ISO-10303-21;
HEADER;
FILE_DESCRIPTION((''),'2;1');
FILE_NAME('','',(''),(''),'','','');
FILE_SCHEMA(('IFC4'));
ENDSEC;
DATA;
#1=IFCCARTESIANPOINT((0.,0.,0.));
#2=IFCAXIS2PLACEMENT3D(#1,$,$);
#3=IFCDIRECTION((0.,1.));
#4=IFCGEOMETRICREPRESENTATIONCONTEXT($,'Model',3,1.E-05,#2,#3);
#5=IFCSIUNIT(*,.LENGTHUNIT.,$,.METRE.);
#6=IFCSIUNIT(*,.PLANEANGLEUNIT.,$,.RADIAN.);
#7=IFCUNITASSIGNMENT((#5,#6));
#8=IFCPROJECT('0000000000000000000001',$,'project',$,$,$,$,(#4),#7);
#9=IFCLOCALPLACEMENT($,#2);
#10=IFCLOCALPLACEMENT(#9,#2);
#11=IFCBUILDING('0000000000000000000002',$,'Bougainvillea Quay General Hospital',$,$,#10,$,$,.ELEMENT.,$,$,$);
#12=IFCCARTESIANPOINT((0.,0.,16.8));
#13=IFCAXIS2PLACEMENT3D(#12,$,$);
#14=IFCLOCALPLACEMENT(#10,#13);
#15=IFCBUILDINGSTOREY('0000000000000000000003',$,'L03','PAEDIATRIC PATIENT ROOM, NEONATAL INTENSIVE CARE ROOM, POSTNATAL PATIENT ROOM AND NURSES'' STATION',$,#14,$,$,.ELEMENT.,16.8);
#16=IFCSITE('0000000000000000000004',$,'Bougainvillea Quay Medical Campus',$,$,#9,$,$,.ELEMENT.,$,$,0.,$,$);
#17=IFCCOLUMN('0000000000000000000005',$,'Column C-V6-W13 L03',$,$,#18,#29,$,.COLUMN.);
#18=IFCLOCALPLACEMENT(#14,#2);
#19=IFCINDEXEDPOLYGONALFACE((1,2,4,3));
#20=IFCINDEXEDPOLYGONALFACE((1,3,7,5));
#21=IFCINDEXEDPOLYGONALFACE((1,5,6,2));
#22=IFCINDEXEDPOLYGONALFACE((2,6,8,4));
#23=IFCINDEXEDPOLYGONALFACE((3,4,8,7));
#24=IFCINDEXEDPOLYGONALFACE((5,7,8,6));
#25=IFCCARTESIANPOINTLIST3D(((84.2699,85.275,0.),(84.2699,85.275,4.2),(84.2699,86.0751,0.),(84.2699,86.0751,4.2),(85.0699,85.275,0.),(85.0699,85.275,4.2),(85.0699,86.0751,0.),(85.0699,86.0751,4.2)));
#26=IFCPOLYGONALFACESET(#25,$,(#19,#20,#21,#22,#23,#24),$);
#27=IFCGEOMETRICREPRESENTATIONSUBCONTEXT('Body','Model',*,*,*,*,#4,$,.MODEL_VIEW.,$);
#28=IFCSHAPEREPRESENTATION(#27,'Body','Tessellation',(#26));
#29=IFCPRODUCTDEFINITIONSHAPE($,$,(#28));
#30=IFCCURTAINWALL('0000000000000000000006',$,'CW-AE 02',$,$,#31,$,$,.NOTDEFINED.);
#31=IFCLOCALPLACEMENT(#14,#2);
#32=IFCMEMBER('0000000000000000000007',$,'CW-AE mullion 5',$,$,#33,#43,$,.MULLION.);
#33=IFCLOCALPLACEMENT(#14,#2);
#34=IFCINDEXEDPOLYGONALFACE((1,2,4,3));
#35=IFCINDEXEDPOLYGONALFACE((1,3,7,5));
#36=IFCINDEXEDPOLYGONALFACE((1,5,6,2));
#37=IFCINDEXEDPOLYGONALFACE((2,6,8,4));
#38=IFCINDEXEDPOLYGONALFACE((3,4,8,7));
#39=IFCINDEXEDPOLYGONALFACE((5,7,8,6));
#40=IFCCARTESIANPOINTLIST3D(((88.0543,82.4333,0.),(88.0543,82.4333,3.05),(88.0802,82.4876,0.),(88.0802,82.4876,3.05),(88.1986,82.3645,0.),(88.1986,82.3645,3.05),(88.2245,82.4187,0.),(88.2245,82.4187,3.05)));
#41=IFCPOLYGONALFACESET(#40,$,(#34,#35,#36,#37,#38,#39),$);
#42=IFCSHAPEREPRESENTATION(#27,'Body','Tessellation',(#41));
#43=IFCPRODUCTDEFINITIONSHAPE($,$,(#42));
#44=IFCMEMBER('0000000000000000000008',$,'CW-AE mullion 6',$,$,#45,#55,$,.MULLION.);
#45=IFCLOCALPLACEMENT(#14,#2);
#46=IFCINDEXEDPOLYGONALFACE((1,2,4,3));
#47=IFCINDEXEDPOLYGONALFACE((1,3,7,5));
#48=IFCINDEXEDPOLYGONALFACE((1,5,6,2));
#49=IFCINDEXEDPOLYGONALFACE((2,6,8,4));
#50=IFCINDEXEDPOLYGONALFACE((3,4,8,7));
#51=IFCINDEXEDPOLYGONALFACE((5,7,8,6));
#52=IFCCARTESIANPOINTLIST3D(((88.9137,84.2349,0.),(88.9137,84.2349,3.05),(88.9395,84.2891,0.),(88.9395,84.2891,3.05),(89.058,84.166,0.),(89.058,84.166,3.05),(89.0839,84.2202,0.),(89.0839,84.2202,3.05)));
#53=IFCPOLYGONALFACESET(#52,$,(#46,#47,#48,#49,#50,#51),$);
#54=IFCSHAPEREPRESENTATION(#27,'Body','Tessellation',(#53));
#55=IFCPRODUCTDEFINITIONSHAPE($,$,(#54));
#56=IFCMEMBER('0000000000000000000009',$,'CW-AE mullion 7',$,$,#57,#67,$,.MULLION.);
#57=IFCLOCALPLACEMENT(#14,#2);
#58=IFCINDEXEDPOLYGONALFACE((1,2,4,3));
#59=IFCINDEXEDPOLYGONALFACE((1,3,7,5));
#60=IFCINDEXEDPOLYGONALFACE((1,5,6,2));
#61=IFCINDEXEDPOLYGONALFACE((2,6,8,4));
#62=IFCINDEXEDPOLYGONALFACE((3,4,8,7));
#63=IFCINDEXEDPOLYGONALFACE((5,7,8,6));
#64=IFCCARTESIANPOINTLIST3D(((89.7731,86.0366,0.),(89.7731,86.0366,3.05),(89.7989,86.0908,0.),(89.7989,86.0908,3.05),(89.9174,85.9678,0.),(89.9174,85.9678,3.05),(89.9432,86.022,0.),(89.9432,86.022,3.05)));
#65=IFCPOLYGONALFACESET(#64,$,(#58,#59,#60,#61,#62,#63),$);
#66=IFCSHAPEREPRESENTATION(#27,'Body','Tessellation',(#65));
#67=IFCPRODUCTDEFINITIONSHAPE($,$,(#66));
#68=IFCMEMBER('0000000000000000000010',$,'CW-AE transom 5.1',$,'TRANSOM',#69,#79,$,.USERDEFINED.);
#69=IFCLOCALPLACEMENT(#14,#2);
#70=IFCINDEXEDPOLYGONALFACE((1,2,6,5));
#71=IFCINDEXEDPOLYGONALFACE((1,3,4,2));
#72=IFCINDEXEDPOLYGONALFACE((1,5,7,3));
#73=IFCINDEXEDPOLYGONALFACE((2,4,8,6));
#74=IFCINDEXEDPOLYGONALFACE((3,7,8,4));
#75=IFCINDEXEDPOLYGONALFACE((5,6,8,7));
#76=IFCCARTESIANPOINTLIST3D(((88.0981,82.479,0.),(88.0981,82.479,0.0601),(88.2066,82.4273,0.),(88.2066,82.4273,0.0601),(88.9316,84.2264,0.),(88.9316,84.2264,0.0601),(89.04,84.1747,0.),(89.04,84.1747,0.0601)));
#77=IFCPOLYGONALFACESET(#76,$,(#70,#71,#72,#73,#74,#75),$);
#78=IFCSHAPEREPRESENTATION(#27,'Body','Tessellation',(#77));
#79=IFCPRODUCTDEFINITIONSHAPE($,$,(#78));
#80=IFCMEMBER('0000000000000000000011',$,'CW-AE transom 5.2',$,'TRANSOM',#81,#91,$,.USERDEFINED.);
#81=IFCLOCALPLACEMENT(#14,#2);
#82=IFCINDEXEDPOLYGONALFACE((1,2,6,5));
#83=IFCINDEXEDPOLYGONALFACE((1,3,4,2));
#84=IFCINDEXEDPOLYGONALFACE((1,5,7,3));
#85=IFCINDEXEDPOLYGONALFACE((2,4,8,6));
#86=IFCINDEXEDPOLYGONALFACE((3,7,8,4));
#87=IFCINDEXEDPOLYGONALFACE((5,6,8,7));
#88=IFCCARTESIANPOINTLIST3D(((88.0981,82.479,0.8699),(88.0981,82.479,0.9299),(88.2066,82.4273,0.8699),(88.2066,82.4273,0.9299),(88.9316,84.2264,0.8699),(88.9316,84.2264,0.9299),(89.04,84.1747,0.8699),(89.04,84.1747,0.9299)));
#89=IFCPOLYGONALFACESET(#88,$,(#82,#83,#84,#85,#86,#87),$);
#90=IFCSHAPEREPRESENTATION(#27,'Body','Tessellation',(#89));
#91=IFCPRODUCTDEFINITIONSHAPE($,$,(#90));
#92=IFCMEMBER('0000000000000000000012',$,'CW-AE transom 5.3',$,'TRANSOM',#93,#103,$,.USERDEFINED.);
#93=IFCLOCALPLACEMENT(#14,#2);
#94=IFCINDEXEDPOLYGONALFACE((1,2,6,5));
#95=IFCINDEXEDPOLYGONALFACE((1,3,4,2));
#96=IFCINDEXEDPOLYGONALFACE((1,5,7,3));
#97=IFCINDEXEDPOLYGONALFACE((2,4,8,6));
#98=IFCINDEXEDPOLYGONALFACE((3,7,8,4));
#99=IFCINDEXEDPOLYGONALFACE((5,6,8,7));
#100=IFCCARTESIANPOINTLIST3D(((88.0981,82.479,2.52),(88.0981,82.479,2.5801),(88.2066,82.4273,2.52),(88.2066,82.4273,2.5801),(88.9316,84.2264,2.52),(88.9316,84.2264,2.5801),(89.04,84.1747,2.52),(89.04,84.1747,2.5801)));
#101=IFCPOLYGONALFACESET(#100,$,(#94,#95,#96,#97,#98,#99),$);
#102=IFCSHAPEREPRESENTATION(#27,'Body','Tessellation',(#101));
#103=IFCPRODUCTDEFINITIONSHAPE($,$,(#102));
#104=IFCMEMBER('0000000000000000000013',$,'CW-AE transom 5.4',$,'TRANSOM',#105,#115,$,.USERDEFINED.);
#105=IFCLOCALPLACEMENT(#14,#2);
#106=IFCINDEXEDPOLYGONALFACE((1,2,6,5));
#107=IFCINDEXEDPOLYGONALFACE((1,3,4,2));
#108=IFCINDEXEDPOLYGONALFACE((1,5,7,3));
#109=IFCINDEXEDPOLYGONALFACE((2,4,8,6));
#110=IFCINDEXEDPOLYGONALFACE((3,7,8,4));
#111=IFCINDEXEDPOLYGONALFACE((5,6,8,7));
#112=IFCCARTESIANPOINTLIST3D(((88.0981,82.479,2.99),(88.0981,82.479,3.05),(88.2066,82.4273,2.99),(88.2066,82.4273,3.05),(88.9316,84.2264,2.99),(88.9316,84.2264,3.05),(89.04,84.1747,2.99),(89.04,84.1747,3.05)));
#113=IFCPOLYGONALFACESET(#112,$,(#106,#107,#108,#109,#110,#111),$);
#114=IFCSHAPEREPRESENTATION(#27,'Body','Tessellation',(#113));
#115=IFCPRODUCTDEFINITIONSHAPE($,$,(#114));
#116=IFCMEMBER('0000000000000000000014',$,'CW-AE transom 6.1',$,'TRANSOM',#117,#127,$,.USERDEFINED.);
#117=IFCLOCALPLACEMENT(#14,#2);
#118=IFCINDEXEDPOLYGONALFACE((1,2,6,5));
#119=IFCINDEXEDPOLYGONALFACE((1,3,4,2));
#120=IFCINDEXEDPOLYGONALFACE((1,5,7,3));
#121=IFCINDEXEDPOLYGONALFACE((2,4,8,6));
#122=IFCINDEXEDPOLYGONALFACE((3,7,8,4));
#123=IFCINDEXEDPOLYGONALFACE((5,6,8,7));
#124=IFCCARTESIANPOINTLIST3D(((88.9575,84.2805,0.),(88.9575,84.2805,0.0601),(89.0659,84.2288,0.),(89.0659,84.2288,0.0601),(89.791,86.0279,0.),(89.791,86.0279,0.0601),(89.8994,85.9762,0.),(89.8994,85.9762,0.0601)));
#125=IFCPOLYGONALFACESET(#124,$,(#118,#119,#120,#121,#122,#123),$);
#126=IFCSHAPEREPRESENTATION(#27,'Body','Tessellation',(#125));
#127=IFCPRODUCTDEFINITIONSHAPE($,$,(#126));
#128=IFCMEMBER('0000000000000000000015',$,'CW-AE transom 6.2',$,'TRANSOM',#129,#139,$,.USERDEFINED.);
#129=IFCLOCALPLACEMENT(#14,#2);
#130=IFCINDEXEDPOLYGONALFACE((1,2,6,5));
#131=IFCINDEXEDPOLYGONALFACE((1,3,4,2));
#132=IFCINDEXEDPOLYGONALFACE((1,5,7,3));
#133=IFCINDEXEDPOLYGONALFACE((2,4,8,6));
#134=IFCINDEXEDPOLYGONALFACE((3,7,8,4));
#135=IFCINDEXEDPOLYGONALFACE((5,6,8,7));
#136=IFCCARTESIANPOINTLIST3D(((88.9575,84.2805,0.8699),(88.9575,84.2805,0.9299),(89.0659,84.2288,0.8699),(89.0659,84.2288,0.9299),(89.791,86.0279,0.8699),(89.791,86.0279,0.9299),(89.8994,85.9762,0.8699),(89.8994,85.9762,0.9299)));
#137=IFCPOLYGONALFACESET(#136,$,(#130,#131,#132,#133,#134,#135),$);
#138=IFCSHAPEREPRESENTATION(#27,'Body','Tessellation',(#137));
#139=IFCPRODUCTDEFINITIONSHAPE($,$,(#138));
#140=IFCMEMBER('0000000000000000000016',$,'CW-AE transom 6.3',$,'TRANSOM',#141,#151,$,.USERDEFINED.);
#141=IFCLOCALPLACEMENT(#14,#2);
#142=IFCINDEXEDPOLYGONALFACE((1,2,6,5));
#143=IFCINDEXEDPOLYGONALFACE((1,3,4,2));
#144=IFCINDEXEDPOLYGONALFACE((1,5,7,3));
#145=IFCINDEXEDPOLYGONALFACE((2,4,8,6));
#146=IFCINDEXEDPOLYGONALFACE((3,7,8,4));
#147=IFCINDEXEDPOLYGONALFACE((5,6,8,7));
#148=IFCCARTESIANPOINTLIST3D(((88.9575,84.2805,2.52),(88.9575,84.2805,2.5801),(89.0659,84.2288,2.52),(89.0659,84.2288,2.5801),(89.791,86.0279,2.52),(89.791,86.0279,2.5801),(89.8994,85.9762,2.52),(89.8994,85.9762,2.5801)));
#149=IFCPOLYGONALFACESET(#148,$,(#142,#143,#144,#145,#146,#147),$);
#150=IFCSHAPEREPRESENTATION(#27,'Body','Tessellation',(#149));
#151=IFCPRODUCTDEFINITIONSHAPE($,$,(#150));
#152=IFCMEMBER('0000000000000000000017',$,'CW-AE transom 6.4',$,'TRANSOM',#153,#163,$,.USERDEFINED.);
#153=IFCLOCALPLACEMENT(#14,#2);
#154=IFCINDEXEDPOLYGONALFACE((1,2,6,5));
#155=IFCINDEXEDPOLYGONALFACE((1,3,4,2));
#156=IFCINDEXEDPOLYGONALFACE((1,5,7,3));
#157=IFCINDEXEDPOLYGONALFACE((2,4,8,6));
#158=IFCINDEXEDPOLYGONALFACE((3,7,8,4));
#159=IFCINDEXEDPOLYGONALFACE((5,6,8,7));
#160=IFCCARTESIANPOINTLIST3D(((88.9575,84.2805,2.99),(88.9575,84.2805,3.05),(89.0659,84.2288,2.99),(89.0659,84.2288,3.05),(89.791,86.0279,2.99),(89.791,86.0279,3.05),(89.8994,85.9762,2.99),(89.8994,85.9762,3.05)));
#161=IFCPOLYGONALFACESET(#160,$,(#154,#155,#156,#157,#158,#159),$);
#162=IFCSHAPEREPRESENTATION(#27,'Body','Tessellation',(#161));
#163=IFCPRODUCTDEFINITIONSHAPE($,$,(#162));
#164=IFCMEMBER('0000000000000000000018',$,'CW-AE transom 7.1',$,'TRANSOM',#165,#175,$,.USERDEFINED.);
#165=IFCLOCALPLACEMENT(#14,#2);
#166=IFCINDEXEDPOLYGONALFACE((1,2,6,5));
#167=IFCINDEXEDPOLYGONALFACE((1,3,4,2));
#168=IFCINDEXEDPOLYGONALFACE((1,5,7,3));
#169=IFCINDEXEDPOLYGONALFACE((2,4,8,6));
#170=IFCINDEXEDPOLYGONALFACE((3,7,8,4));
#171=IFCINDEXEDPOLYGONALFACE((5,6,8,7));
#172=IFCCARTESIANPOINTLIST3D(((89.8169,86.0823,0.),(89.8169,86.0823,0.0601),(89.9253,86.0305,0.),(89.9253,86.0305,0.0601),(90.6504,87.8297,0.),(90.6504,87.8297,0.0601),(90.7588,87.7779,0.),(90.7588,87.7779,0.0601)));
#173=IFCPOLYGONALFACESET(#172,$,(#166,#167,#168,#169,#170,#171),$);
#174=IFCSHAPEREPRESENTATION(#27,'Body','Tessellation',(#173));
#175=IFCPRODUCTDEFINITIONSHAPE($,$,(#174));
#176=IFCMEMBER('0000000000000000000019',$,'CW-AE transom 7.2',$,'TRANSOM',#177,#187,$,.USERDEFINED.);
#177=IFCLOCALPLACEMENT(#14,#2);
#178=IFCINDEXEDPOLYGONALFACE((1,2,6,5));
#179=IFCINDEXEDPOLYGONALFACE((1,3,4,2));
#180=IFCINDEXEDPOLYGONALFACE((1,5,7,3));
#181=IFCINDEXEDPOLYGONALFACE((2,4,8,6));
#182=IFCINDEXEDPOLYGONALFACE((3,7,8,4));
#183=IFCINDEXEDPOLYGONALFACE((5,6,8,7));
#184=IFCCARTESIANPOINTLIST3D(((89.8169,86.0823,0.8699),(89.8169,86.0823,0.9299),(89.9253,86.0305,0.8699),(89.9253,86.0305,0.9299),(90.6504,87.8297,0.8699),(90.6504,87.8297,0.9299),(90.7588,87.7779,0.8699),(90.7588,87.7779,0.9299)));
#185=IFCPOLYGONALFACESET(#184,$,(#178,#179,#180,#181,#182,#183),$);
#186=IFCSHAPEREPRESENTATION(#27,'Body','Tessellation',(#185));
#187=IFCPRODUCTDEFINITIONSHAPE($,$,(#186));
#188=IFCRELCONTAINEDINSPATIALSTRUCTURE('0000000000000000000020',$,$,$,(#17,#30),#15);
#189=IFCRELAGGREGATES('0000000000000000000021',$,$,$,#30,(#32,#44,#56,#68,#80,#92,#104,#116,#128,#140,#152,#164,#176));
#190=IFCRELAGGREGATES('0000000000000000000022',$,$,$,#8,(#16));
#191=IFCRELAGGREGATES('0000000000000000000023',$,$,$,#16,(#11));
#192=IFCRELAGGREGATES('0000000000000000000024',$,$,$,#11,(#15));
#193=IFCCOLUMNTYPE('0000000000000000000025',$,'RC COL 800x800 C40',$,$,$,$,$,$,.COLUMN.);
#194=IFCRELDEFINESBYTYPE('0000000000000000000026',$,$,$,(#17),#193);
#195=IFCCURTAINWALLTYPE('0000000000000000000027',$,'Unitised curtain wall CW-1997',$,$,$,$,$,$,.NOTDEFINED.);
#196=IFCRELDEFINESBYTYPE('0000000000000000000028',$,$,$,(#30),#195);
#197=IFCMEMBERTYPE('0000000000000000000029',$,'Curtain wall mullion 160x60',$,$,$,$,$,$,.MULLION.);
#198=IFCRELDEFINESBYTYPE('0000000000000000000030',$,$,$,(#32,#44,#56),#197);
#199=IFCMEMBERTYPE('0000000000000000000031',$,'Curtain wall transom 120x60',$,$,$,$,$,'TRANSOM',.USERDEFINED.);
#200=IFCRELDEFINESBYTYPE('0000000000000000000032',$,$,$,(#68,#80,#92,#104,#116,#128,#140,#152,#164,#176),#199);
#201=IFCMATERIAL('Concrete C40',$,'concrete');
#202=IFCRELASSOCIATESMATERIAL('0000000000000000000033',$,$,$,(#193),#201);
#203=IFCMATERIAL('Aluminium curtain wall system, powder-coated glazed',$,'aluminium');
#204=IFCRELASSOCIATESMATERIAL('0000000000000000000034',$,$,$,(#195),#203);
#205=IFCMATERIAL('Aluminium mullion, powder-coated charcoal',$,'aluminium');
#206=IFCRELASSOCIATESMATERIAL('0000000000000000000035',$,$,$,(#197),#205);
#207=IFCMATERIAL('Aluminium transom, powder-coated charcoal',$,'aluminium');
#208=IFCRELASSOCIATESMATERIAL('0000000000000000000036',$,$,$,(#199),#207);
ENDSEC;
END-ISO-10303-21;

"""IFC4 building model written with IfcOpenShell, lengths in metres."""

from ifc_helpers import new_model, si_unit, direction, frame, origin, origin_2d, place, context, subcontext, project, spatial, rectangle, extrude, material, material_profile, profile_set, type_object, element, aggregate, save


model = new_model("IFC4")

# Units and contexts
model_context = context("Model", 3, precision=1e-05, world=origin(), true_north=direction((0.0, 1.0)))
body_context = subcontext(model_context, "Body", "Model", "MODEL_VIEW")
ifc_project = project(units=[si_unit("LENGTHUNIT", "METRE"), si_unit("PLANEANGLEUNIT", "RADIAN")], contexts=[model_context])

# Site, building, storey
site_placement = place(None, origin())
site = spatial("IfcSite", under=ifc_project, at=site_placement, Name="Bougainvillea Quay Medical Campus", CompositionType="ELEMENT", RefElevation=0.0)
building_placement = place(site_placement, origin())
building = spatial("IfcBuilding", under=site, at=building_placement, Name="Bougainvillea Quay General Hospital", CompositionType="ELEMENT")
storey_placement = place(building_placement, frame((0.0, 0.0, 16.8)))
storey = spatial("IfcBuildingStorey", under=building, at=storey_placement, Name="L03", Description="PAEDIATRIC PATIENT ROOM, NEONATAL INTENSIVE CARE ROOM, POSTNATAL PATIENT ROOM AND NURSES' STATION", CompositionType="ELEMENT", Elevation=16.8)

# Column
ifc_material_1 = material(Name="Concrete C40", Category="concrete")
ifc_material_profile_1 = material_profile(ifc_material_1, rectangle(XDim=0.8, YDim=0.8, at=origin_2d()))
ifc_profile_set_1 = profile_set([ifc_material_profile_1], Name="Concrete C40")
column_type = type_object("IfcColumnType", Name="RC COL 800x800 C40", PredefinedType="COLUMN", material=ifc_profile_set_1)
column_placement = place(storey_placement, frame((84.6699, 85.675, 0.0), z_axis=(0.0, 0.0, 1.0), x_axis=(1.0, 0.0, 0.0)))
element("IfcColumn", 1, at=column_placement, inside=storey, type_object=column_type, Name="Column C-V6-W13 L03", PredefinedType="COLUMN", context=body_context, shape_type="SweptSolid", body=[
    extrude(rectangle(XDim=0.8, YDim=0.8, at=origin_2d()), origin(), (0.0, 0.0, 1.0), 4.2),
])

# Curtain wall, members
ifc_material_2 = material(Name="Aluminium curtain wall system, powder-coated glazed", Category="aluminium")
curtain_wall_type = type_object("IfcCurtainWallType", Name="Unitised curtain wall CW-1997", PredefinedType="NOTDEFINED", material=ifc_material_2)
curtain_wall_placement = place(storey_placement, origin())
curtain_wall = element("IfcCurtainWall", 2, at=curtain_wall_placement, inside=storey, type_object=curtain_wall_type, Name="CW-AE 02", PredefinedType="NOTDEFINED")
ifc_material_3 = material(Name="Aluminium mullion, powder-coated charcoal", Category="aluminium")
ifc_material_profile_2 = material_profile(ifc_material_3, rectangle(XDim=0.1599, YDim=0.0601, at=origin_2d()))
ifc_profile_set_2 = profile_set([ifc_material_profile_2], Name="Aluminium mullion, powder-coated charcoal")
member_type_1 = type_object("IfcMemberType", Name="Curtain wall mullion 160x60", PredefinedType="MULLION", material=ifc_profile_set_2)
member_1_placement = place(storey_placement, frame((88.1394, 82.426, 0.0), z_axis=(0.0, 0.0, 1.0), x_axis=(-0.902578, 0.430525, 0.0)))
member_1 = element("IfcMember", 3, at=member_1_placement, type_object=member_type_1, Name="CW-AE mullion 5", PredefinedType="MULLION", context=body_context, shape_type="SweptSolid", body=[
    extrude(rectangle(XDim=0.1599, YDim=0.0601, at=origin_2d()), origin(), (0.0, 0.0, 1.0), 3.05),
])
member_2_placement = place(storey_placement, frame((88.9988, 84.2275, 0.0), z_axis=(0.0, 0.0, 1.0), x_axis=(-0.902578, 0.430525, 0.0)))
member_2 = element("IfcMember", 4, at=member_2_placement, type_object=member_type_1, Name="CW-AE mullion 6", PredefinedType="MULLION", context=body_context, shape_type="SweptSolid", body=[
    extrude(rectangle(XDim=0.1599, YDim=0.0601, at=origin_2d()), origin(), (0.0, 0.0, 1.0), 3.05),
])
member_3_placement = place(storey_placement, frame((89.8582, 86.0293, 0.0), z_axis=(0.0, 0.0, 1.0), x_axis=(-0.902578, 0.430525, 0.0)))
member_3 = element("IfcMember", 5, at=member_3_placement, type_object=member_type_1, Name="CW-AE mullion 7", PredefinedType="MULLION", context=body_context, shape_type="SweptSolid", body=[
    extrude(rectangle(XDim=0.1599, YDim=0.0601, at=origin_2d()), origin(), (0.0, 0.0, 1.0), 3.05),
])
ifc_material_4 = material(Name="Aluminium transom, powder-coated charcoal", Category="aluminium")
ifc_material_profile_3 = material_profile(ifc_material_4, rectangle(XDim=0.1201, YDim=0.0601, at=origin_2d()))
ifc_profile_set_3 = profile_set([ifc_material_profile_3], Name="Aluminium transom, powder-coated charcoal")
member_type_2 = type_object("IfcMemberType", Name="Curtain wall transom 120x60", ElementType="TRANSOM", PredefinedType="USERDEFINED", material=ifc_profile_set_3)
member_4_placement = place(storey_placement, frame((88.1523, 82.4531, 0.03), z_axis=(0.430491, 0.902595, 0.0), x_axis=(-0.902595, 0.430491, 0.0)))
member_4 = element("IfcMember", 6, at=member_4_placement, type_object=member_type_2, Name="CW-AE transom 5.1", ObjectType="TRANSOM", PredefinedType="USERDEFINED", context=body_context, shape_type="SweptSolid", body=[
    extrude(rectangle(XDim=0.1201, YDim=0.0601, at=origin_2d()), origin(), (0.0, 0.0, 1.0), 1.936),
])
member_5_placement = place(storey_placement, frame((88.1523, 82.4531, 0.8999), z_axis=(0.430491, 0.902595, 0.0), x_axis=(-0.902595, 0.430491, 0.0)))
member_5 = element("IfcMember", 7, at=member_5_placement, type_object=member_type_2, Name="CW-AE transom 5.2", ObjectType="TRANSOM", PredefinedType="USERDEFINED", context=body_context, shape_type="SweptSolid", body=[
    extrude(rectangle(XDim=0.1201, YDim=0.0601, at=origin_2d()), origin(), (0.0, 0.0, 1.0), 1.936),
])
member_6_placement = place(storey_placement, frame((88.1523, 82.4531, 2.55), z_axis=(0.430491, 0.902595, 0.0), x_axis=(-0.902595, 0.430491, 0.0)))
member_6 = element("IfcMember", 8, at=member_6_placement, type_object=member_type_2, Name="CW-AE transom 5.3", ObjectType="TRANSOM", PredefinedType="USERDEFINED", context=body_context, shape_type="SweptSolid", body=[
    extrude(rectangle(XDim=0.1201, YDim=0.0601, at=origin_2d()), origin(), (0.0, 0.0, 1.0), 1.936),
])
member_7_placement = place(storey_placement, frame((88.1523, 82.4531, 3.02), z_axis=(0.430491, 0.902595, 0.0), x_axis=(-0.902595, 0.430491, 0.0)))
member_7 = element("IfcMember", 9, at=member_7_placement, type_object=member_type_2, Name="CW-AE transom 5.4", ObjectType="TRANSOM", PredefinedType="USERDEFINED", context=body_context, shape_type="SweptSolid", body=[
    extrude(rectangle(XDim=0.1201, YDim=0.0601, at=origin_2d()), origin(), (0.0, 0.0, 1.0), 1.936),
])
member_8_placement = place(storey_placement, frame((89.0117, 84.2546, 0.03), z_axis=(0.430491, 0.902595, 0.0), x_axis=(-0.902595, 0.430491, 0.0)))
member_8 = element("IfcMember", 10, at=member_8_placement, type_object=member_type_2, Name="CW-AE transom 6.1", ObjectType="TRANSOM", PredefinedType="USERDEFINED", context=body_context, shape_type="SweptSolid", body=[
    extrude(rectangle(XDim=0.1201, YDim=0.0601, at=origin_2d()), origin(), (0.0, 0.0, 1.0), 1.936),
])
member_9_placement = place(storey_placement, frame((89.0117, 84.2546, 0.8999), z_axis=(0.430491, 0.902595, 0.0), x_axis=(-0.902595, 0.430491, 0.0)))
member_9 = element("IfcMember", 11, at=member_9_placement, type_object=member_type_2, Name="CW-AE transom 6.2", ObjectType="TRANSOM", PredefinedType="USERDEFINED", context=body_context, shape_type="SweptSolid", body=[
    extrude(rectangle(XDim=0.1201, YDim=0.0601, at=origin_2d()), origin(), (0.0, 0.0, 1.0), 1.936),
])
member_10_placement = place(storey_placement, frame((89.0117, 84.2546, 2.55), z_axis=(0.430491, 0.902595, 0.0), x_axis=(-0.902595, 0.430491, 0.0)))
member_10 = element("IfcMember", 12, at=member_10_placement, type_object=member_type_2, Name="CW-AE transom 6.3", ObjectType="TRANSOM", PredefinedType="USERDEFINED", context=body_context, shape_type="SweptSolid", body=[
    extrude(rectangle(XDim=0.1201, YDim=0.0601, at=origin_2d()), origin(), (0.0, 0.0, 1.0), 1.936),
])
member_11_placement = place(storey_placement, frame((89.0117, 84.2546, 3.02), z_axis=(0.430491, 0.902595, 0.0), x_axis=(-0.902595, 0.430491, 0.0)))
member_11 = element("IfcMember", 13, at=member_11_placement, type_object=member_type_2, Name="CW-AE transom 6.4", ObjectType="TRANSOM", PredefinedType="USERDEFINED", context=body_context, shape_type="SweptSolid", body=[
    extrude(rectangle(XDim=0.1201, YDim=0.0601, at=origin_2d()), origin(), (0.0, 0.0, 1.0), 1.936),
])
member_12_placement = place(storey_placement, frame((89.8711, 86.0564, 0.03), z_axis=(0.43054, 0.902571, 0.0), x_axis=(-0.902571, 0.43054, 0.0)))
member_12 = element("IfcMember", 14, at=member_12_placement, type_object=member_type_2, Name="CW-AE transom 7.1", ObjectType="TRANSOM", PredefinedType="USERDEFINED", context=body_context, shape_type="SweptSolid", body=[
    extrude(rectangle(XDim=0.1201, YDim=0.0601, at=origin_2d()), origin(), (0.0, 0.0, 1.0), 1.936),
])
member_13_placement = place(storey_placement, frame((89.8711, 86.0564, 0.8999), z_axis=(0.43054, 0.902571, 0.0), x_axis=(-0.902571, 0.43054, 0.0)))
member_13 = element("IfcMember", 15, at=member_13_placement, type_object=member_type_2, Name="CW-AE transom 7.2", ObjectType="TRANSOM", PredefinedType="USERDEFINED", context=body_context, shape_type="SweptSolid", body=[
    extrude(rectangle(XDim=0.1201, YDim=0.0601, at=origin_2d()), origin(), (0.0, 0.0, 1.0), 1.936),
])
aggregate(curtain_wall, [member_1, member_2, member_3, member_4, member_5, member_6, member_7, member_8, member_9, member_10, member_11, member_12, member_13])

save(model, "model.ifc")
